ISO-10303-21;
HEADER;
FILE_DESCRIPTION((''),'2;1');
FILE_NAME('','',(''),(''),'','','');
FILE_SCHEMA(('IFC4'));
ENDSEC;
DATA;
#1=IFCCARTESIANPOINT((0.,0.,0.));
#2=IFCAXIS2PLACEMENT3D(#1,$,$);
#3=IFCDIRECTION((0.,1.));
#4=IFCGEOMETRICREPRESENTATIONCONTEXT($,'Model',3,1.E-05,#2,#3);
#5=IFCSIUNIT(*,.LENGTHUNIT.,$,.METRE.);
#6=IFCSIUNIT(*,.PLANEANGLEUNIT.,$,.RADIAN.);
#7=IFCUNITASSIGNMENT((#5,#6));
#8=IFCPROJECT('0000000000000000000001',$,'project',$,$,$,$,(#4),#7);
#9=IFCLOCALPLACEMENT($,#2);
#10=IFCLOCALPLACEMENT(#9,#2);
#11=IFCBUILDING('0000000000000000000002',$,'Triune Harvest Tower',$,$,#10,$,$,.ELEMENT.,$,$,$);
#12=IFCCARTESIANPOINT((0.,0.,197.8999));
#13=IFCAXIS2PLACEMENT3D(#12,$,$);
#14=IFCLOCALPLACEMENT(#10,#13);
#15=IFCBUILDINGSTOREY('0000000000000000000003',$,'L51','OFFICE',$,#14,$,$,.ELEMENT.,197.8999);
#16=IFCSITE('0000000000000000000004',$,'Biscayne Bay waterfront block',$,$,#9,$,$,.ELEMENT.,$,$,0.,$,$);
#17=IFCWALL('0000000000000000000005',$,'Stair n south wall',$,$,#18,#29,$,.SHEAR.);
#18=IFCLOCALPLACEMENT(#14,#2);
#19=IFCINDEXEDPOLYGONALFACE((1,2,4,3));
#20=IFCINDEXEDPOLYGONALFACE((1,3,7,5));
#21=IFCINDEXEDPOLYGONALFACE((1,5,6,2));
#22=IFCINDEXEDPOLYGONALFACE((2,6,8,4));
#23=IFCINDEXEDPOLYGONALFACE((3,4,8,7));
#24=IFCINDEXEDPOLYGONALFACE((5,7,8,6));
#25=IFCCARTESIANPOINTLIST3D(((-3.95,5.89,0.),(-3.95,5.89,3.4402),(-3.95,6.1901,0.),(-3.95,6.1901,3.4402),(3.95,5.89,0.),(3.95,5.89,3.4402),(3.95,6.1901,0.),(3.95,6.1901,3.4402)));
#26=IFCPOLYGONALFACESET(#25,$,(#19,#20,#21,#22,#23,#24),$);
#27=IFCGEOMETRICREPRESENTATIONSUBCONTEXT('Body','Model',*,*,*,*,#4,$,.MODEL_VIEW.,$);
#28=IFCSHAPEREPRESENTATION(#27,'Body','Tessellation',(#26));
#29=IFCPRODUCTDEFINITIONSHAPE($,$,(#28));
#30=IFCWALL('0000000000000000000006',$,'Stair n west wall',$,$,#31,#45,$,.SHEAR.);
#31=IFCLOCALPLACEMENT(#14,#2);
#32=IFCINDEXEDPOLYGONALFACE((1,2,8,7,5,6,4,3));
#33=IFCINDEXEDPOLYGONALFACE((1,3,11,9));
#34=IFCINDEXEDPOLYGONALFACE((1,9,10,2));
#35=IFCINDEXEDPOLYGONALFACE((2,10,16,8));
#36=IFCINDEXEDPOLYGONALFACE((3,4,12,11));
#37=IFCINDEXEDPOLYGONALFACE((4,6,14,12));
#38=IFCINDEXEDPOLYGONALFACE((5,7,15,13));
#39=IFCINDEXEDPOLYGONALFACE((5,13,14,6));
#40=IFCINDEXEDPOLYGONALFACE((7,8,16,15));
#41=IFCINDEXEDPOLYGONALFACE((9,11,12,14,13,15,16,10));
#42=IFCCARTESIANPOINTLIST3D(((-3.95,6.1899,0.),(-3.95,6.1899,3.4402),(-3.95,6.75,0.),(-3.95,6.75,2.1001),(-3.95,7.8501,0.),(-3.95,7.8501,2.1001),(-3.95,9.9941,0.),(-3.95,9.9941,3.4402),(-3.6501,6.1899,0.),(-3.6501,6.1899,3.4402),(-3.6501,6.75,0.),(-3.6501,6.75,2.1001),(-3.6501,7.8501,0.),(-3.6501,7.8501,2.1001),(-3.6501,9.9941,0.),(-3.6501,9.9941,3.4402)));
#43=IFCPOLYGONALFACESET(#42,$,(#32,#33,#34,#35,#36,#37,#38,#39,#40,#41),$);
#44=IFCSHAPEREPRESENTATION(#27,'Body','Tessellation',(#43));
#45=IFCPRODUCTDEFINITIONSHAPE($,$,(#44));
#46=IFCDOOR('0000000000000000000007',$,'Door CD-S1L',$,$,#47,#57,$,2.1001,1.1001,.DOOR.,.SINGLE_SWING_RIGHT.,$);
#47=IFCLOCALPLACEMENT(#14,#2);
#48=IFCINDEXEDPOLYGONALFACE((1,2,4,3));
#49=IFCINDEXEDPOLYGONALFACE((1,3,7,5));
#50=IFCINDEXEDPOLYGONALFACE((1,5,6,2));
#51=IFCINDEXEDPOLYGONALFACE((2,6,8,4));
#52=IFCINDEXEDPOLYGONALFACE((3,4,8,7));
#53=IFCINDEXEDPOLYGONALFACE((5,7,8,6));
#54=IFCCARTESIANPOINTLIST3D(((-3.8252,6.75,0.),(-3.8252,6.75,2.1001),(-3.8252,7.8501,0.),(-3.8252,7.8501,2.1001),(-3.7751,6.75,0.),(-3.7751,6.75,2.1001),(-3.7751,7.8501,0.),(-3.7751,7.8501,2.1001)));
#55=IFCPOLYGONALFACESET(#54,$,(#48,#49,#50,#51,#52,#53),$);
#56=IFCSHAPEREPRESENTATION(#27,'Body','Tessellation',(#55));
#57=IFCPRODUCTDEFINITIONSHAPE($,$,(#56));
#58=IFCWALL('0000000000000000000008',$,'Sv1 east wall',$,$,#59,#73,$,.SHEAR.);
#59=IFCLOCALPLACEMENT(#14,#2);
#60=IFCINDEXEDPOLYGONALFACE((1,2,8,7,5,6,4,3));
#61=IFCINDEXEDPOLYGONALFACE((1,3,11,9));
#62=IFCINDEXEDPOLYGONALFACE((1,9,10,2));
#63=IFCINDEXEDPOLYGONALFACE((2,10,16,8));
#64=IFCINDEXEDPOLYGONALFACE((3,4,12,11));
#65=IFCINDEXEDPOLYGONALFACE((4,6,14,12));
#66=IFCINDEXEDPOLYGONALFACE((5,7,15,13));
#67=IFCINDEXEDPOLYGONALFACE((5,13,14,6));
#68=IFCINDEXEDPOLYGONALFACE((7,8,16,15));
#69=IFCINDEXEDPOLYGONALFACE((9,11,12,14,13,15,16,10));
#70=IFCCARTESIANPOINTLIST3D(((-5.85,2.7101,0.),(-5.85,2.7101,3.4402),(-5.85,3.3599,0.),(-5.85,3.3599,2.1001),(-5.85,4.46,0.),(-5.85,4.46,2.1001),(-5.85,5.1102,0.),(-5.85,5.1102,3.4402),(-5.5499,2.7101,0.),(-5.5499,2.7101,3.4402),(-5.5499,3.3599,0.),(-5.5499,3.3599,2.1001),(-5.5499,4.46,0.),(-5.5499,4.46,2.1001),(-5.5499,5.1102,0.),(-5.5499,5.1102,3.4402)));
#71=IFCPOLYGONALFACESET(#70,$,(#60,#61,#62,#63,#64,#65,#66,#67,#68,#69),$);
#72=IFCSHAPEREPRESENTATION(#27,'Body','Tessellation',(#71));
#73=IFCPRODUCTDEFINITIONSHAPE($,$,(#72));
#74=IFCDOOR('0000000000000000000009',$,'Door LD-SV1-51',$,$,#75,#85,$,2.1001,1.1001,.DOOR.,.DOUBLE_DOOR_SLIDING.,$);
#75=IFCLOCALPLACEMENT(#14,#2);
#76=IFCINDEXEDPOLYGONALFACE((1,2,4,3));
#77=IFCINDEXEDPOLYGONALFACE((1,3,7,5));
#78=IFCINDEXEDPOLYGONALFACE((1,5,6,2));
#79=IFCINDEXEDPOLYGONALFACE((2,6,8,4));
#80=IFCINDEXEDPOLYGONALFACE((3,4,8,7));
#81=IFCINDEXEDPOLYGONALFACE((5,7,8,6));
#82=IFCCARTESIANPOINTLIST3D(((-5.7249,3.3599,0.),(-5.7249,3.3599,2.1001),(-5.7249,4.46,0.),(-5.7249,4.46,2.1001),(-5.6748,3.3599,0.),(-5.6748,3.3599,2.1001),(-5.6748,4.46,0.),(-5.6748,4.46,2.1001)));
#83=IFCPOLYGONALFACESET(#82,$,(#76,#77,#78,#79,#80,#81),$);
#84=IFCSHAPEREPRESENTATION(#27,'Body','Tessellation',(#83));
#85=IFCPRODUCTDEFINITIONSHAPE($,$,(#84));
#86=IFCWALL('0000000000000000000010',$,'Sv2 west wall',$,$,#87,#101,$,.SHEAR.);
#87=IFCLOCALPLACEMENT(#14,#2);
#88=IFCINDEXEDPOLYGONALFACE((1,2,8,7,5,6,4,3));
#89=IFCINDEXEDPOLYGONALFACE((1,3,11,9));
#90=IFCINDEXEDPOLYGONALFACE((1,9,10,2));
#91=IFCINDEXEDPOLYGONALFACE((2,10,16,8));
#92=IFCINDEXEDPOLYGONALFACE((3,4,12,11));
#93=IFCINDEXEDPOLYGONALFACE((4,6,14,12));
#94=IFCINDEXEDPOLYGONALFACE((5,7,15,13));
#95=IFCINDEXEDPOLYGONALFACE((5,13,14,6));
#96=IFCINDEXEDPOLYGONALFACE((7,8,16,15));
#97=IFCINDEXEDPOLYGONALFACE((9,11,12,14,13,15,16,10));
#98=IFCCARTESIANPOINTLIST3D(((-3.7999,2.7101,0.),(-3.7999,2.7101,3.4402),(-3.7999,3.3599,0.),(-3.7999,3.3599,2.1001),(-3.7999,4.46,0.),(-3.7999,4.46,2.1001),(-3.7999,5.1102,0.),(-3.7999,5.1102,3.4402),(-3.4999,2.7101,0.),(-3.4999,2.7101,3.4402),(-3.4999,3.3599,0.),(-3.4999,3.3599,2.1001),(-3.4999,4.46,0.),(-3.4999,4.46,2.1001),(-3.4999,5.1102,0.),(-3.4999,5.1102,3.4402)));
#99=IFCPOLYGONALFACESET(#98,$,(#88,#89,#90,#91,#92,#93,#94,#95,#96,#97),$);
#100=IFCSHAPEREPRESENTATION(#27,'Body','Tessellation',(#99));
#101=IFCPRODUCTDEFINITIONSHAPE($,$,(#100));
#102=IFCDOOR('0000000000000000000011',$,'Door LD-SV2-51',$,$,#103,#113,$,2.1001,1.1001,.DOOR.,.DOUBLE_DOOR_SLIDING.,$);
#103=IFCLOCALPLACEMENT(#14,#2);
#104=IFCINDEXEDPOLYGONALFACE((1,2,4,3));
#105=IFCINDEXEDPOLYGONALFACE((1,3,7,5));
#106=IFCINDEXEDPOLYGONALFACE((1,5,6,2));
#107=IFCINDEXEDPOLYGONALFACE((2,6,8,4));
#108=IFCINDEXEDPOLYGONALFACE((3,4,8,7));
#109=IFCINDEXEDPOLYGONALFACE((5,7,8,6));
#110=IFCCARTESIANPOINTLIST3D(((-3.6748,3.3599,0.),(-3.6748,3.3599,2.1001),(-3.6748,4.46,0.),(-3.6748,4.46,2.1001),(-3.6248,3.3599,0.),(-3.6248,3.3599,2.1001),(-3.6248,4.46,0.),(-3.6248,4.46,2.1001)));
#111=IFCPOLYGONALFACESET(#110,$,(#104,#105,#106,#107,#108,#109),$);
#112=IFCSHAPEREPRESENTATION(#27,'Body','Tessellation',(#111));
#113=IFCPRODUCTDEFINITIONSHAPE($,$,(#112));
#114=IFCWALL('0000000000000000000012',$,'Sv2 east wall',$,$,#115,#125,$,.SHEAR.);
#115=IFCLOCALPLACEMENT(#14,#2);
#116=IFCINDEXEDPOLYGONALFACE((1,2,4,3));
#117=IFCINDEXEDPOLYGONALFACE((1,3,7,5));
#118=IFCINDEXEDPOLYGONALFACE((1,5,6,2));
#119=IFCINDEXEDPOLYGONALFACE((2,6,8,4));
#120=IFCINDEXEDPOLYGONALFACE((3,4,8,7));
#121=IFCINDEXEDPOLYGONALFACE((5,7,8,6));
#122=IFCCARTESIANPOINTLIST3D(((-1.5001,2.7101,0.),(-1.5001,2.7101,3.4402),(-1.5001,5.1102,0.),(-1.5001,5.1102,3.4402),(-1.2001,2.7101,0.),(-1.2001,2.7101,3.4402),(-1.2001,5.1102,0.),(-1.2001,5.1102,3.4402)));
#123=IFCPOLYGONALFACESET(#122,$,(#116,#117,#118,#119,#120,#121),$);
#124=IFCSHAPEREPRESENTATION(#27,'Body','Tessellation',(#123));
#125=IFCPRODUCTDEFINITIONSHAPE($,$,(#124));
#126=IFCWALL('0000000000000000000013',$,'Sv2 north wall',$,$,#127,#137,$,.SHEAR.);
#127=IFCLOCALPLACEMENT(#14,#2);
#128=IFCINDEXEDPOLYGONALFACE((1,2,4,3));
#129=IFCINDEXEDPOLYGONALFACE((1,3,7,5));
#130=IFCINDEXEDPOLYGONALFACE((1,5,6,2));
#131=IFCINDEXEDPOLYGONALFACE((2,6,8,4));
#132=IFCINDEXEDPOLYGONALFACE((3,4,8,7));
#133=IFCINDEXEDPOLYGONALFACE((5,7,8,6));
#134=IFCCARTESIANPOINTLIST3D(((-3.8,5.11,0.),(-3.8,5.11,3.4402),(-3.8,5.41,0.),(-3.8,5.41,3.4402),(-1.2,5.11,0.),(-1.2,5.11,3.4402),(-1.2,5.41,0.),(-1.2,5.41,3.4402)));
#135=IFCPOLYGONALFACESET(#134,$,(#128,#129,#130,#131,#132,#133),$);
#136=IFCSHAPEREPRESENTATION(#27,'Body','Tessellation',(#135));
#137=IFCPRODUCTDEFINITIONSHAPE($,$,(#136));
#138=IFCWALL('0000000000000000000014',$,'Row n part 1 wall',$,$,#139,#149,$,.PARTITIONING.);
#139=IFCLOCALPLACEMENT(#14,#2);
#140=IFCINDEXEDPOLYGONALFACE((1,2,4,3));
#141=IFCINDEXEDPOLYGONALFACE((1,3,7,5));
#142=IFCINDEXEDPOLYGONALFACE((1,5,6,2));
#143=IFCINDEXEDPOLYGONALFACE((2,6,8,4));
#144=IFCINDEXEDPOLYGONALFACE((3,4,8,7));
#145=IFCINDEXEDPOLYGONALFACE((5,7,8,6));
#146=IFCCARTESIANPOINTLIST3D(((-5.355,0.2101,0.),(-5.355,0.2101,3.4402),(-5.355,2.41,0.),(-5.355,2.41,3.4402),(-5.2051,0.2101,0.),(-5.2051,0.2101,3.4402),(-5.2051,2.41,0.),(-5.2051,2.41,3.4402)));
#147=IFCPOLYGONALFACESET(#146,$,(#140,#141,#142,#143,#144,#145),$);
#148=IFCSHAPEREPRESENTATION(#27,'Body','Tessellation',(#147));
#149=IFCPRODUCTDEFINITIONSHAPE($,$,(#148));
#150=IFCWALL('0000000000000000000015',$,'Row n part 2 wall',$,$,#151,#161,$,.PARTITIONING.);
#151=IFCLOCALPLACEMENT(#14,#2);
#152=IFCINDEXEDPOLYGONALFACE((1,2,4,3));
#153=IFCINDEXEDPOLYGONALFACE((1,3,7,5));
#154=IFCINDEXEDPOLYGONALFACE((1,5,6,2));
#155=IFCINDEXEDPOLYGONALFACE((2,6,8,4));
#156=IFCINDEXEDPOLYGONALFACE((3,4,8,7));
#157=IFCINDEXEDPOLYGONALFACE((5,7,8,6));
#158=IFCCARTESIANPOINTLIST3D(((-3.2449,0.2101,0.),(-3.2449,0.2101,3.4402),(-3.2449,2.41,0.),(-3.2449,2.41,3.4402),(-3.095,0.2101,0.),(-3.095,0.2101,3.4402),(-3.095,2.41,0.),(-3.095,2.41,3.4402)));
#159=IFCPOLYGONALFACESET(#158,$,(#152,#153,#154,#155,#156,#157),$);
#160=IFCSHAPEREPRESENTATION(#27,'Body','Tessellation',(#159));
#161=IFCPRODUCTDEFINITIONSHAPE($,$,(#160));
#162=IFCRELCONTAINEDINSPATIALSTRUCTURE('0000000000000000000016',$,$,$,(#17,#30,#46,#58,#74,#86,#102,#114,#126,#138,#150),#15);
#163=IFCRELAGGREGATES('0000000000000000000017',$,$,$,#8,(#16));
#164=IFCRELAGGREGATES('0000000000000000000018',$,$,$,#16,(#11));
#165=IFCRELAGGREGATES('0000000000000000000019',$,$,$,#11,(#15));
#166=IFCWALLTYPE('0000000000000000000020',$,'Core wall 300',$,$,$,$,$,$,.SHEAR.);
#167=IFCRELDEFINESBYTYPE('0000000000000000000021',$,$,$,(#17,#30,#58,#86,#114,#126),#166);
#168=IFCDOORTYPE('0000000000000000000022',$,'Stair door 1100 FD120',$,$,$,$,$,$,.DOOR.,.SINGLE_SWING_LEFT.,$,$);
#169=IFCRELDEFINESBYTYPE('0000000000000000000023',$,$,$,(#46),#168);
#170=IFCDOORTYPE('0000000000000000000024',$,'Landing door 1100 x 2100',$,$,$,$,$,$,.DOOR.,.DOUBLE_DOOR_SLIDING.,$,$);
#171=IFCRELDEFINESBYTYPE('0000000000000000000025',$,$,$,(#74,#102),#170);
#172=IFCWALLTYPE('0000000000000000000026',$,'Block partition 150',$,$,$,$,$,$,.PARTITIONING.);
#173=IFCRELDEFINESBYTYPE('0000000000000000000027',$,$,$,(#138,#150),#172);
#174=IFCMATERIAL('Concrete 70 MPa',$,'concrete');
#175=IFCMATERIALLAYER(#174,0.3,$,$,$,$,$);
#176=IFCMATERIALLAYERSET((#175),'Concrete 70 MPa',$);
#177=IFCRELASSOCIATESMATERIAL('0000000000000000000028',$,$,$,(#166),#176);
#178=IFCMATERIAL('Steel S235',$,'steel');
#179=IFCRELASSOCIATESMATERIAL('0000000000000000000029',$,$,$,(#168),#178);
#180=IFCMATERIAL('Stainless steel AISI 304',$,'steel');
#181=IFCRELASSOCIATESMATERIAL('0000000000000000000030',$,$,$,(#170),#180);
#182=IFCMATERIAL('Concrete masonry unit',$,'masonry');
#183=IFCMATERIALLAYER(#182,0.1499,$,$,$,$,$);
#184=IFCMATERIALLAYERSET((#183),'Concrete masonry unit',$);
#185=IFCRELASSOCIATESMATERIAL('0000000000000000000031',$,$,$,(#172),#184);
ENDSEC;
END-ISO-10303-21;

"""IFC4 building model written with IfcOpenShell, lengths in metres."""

from ifc_helpers import new_model, si_unit, direction, frame, frame_2d, origin, place, context, subcontext, project, spatial, polyline, rectangle, outline, extrude, source, transform, mapped, material, layer, layer_set, type_object, element, fill, save


model = new_model("IFC4")

# Units and contexts
model_context = context("Model", 3, precision=1e-05, world=origin(), true_north=direction((0.0, 1.0)))
body_context = subcontext(model_context, "Body", "Model", "MODEL_VIEW")
ifc_project = project(units=[si_unit("LENGTHUNIT", "METRE"), si_unit("PLANEANGLEUNIT", "RADIAN")], contexts=[model_context])

# Site, building, storey
site_placement = place(None, origin())
site = spatial("IfcSite", under=ifc_project, at=site_placement, Name="Biscayne Bay waterfront block", CompositionType="ELEMENT", RefElevation=0.0)
building_placement = place(site_placement, origin())
building = spatial("IfcBuilding", under=site, at=building_placement, Name="Triune Harvest Tower", CompositionType="ELEMENT")
storey_placement = place(building_placement, frame((0.0, 0.0, 197.8999)))
storey = spatial("IfcBuildingStorey", under=building, at=storey_placement, Name="L51", Description="OFFICE", CompositionType="ELEMENT", Elevation=197.8999)

# Wall
ifc_material_1 = material(Name="Concrete 70 MPa", Category="concrete")
ifc_layer_1 = layer(ifc_material_1, 0.3)
ifc_layer_set_1 = layer_set([ifc_layer_1], Name="Concrete 70 MPa")
wall_type_1 = type_object("IfcWallType", Name="Core wall 300", PredefinedType="SHEAR", material=ifc_layer_set_1)
shared_shape_1 = source(origin(), body_context, "Body", "SweptSolid", [
    extrude(rectangle(XDim=7.8999, YDim=0.3, at=frame_2d((3.95, 0.0))), origin(), (0.0, 0.0, 1.0), 3.4402),
])
wall_1_placement = place(storey_placement, frame((-3.95, 6.04, 0.0), z_axis=(0.0, 0.0, 1.0), x_axis=(1.0, 0.0, 0.0)))
element("IfcWall", 1, at=wall_1_placement, inside=storey, type_object=wall_type_1, Name="Stair n south wall", PredefinedType="SHEAR", context=body_context, shape_type="MappedRepresentation", body=[
    mapped(shared_shape_1, transform((0.0, 0.0, 0.0), scale=1.0)),
])

# Walls, openings, doors
shared_shape_2 = source(origin(), body_context, "Body", "SweptSolid", [
    extrude(outline(polyline([(0.0, -0.1499), (0.0, 0.1499), (3.8042, 0.1499), (3.8042, -0.1499), (0.0, -0.1499)])), origin(), (0.0, 0.0, 1.0), 3.4402),
])
wall_2_placement = place(storey_placement, frame((-3.8, 6.1899, 0.0), z_axis=(0.0, 0.0, 1.0), x_axis=(0.0, 1.0, 0.0)))
wall_2 = element("IfcWall", 2, at=wall_2_placement, inside=storey, type_object=wall_type_1, Name="Stair n west wall", PredefinedType="SHEAR", context=body_context, shape_type="MappedRepresentation", body=[
    mapped(shared_shape_2, transform((0.0, 0.0, 0.0), scale=1.0)),
])
opening_1_placement = place(wall_2_placement, frame((0.5601, 0.0, 0.0)))
opening_1 = element("IfcOpeningElement", 3, at=opening_1_placement, cuts=wall_2, PredefinedType="OPENING", context=body_context, shape_type="SweptSolid", body=[
    extrude(rectangle(XDim=1.1001, YDim=2.1001, at=frame_2d((0.55, 1.05))), frame((0.0, 0.1602, 0.0), z_axis=(0.0, -1.0, 0.0), x_axis=(1.0, 0.0, 0.0)), (0.0, 0.0, 1.0), 0.3201),
])
ifc_material_2 = material(Name="Steel S235", Category="steel")
door_type_1 = type_object("IfcDoorType", Name="Stair door 1100 FD120", OperationType="SINGLE_SWING_LEFT", PredefinedType="DOOR", material=ifc_material_2)
door_1_placement = place(opening_1_placement, frame((1.1001, 0.0, 0.0), z_axis=(0.0, 0.0, 1.0), x_axis=(-1.0, 0.0, 0.0)))
door_1 = element("IfcDoor", 4, at=door_1_placement, inside=storey, type_object=door_type_1, Name="Door CD-S1L", OperationType="SINGLE_SWING_RIGHT", OverallHeight=2.1001, OverallWidth=1.1001, PredefinedType="DOOR", context=body_context, shape_type="SweptSolid", body=[
    extrude(rectangle(XDim=1.1001, YDim=2.1001, at=frame_2d((0.55, 1.05))), frame((0.0, 0.0249, 0.0), z_axis=(0.0, -1.0, 0.0), x_axis=(1.0, 0.0, 0.0)), (0.0, 0.0, 1.0), 0.05),
])
fill(opening_1, door_1)
shared_shape_3 = source(origin(), body_context, "Body", "SweptSolid", [
    extrude(rectangle(XDim=2.4001, YDim=0.3, at=frame_2d((1.2002, 0.0))), origin(), (0.0, 0.0, 1.0), 3.4402),
])
wall_3_placement = place(storey_placement, frame((-5.7, 2.71, 0.0), z_axis=(0.0, 0.0, 1.0), x_axis=(0.0, 1.0, 0.0)))
wall_3 = element("IfcWall", 5, at=wall_3_placement, inside=storey, type_object=wall_type_1, Name="Sv1 east wall", PredefinedType="SHEAR", context=body_context, shape_type="MappedRepresentation", body=[
    mapped(shared_shape_3, transform((0.0, 0.0, 0.0), scale=1.0)),
])
opening_2_placement = place(wall_3_placement, frame((0.6499, 0.0, 0.0)))
opening_2 = element("IfcOpeningElement", 6, at=opening_2_placement, cuts=wall_3, PredefinedType="OPENING", context=body_context, shape_type="SweptSolid", body=[
    extrude(rectangle(XDim=1.1001, YDim=2.1001, at=frame_2d((0.55, 1.05))), frame((0.0, 0.1602, 0.0), z_axis=(0.0, -1.0, 0.0), x_axis=(1.0, 0.0, 0.0)), (0.0, 0.0, 1.0), 0.3201),
])
ifc_material_3 = material(Name="Stainless steel AISI 304", Category="steel")
door_type_2 = type_object("IfcDoorType", Name="Landing door 1100 x 2100", OperationType="DOUBLE_DOOR_SLIDING", PredefinedType="DOOR", material=ifc_material_3)
door_2_placement = place(opening_2_placement, origin())
door_2 = element("IfcDoor", 7, at=door_2_placement, inside=storey, type_object=door_type_2, Name="Door LD-SV1-51", OperationType="DOUBLE_DOOR_SLIDING", OverallHeight=2.1001, OverallWidth=1.1001, PredefinedType="DOOR", context=body_context, shape_type="SweptSolid", body=[
    extrude(rectangle(XDim=1.1001, YDim=2.1001, at=frame_2d((0.55, 1.05))), frame((0.0, 0.0249, 0.0), z_axis=(0.0, -1.0, 0.0), x_axis=(1.0, 0.0, 0.0)), (0.0, 0.0, 1.0), 0.05),
])
fill(opening_2, door_2)
wall_4_placement = place(storey_placement, frame((-3.6499, 2.71, 0.0), z_axis=(0.0, 0.0, 1.0), x_axis=(0.0, 1.0, 0.0)))
wall_4 = element("IfcWall", 8, at=wall_4_placement, inside=storey, type_object=wall_type_1, Name="Sv2 west wall", PredefinedType="SHEAR", context=body_context, shape_type="MappedRepresentation", body=[
    mapped(shared_shape_3, transform((0.0, 0.0, 0.0), scale=1.0)),
])
opening_3_placement = place(wall_4_placement, frame((0.6499, 0.0, 0.0)))
opening_3 = element("IfcOpeningElement", 9, at=opening_3_placement, cuts=wall_4, PredefinedType="OPENING", context=body_context, shape_type="SweptSolid", body=[
    extrude(rectangle(XDim=1.1001, YDim=2.1001, at=frame_2d((0.55, 1.05))), frame((0.0, 0.1602, 0.0), z_axis=(0.0, -1.0, 0.0), x_axis=(1.0, 0.0, 0.0)), (0.0, 0.0, 1.0), 0.3201),
])
door_3_placement = place(opening_3_placement, origin())
door_3 = element("IfcDoor", 10, at=door_3_placement, inside=storey, type_object=door_type_2, Name="Door LD-SV2-51", OperationType="DOUBLE_DOOR_SLIDING", OverallHeight=2.1001, OverallWidth=1.1001, PredefinedType="DOOR", context=body_context, shape_type="SweptSolid", body=[
    extrude(rectangle(XDim=1.1001, YDim=2.1001, at=frame_2d((0.55, 1.05))), frame((0.0, 0.0249, 0.0), z_axis=(0.0, -1.0, 0.0), x_axis=(1.0, 0.0, 0.0)), (0.0, 0.0, 1.0), 0.05),
])
fill(opening_3, door_3)

# Walls
wall_5_placement = place(storey_placement, frame((-1.3501, 2.71, 0.0), z_axis=(0.0, 0.0, 1.0), x_axis=(0.0, 1.0, 0.0)))
element("IfcWall", 11, at=wall_5_placement, inside=storey, type_object=wall_type_1, Name="Sv2 east wall", PredefinedType="SHEAR", context=body_context, shape_type="MappedRepresentation", body=[
    mapped(shared_shape_3, transform((0.0, 0.0, 0.0), scale=1.0)),
])
shared_shape_4 = source(origin(), body_context, "Body", "SweptSolid", [
    extrude(rectangle(XDim=2.6001, YDim=0.3, at=frame_2d((1.3, 0.0))), origin(), (0.0, 0.0, 1.0), 3.4402),
])
wall_6_placement = place(storey_placement, frame((-3.8, 5.26, 0.0), z_axis=(0.0, 0.0, 1.0), x_axis=(1.0, 0.0, 0.0)))
element("IfcWall", 12, at=wall_6_placement, inside=storey, type_object=wall_type_1, Name="Sv2 north wall", PredefinedType="SHEAR", context=body_context, shape_type="MappedRepresentation", body=[
    mapped(shared_shape_4, transform((0.0, 0.0, 0.0), scale=1.0)),
])
ifc_material_4 = material(Name="Concrete masonry unit", Category="masonry")
ifc_layer_2 = layer(ifc_material_4, 0.1499)
ifc_layer_set_2 = layer_set([ifc_layer_2], Name="Concrete masonry unit")
wall_type_2 = type_object("IfcWallType", Name="Block partition 150", PredefinedType="PARTITIONING", material=ifc_layer_set_2)
shared_shape_5 = source(origin(), body_context, "Body", "SweptSolid", [
    extrude(rectangle(XDim=2.2, YDim=0.1499, at=frame_2d((1.1001, 0.0))), origin(), (0.0, 0.0, 1.0), 3.4402),
])
for number, where, z_axis, x_axis, name in (
    (13, (-5.28, 0.21, 0.0), (0.0, 0.0, 1.0), (0.0, 1.0, 0.0), "Row n part 1 wall"),
    (14, (-3.1699, 0.21, 0.0), (0.0, 0.0, 1.0), (0.0, 1.0, 0.0), "Row n part 2 wall"),
):
    element("IfcWall", number, at=place(storey_placement, frame(where, z_axis=z_axis, x_axis=x_axis)), inside=storey, type_object=wall_type_2, Name=name, PredefinedType="PARTITIONING", context=body_context, shape_type="MappedRepresentation", body=[
        mapped(shared_shape_5, transform((0.0, 0.0, 0.0), scale=1.0)),
    ])

save(model, "model.ifc")
